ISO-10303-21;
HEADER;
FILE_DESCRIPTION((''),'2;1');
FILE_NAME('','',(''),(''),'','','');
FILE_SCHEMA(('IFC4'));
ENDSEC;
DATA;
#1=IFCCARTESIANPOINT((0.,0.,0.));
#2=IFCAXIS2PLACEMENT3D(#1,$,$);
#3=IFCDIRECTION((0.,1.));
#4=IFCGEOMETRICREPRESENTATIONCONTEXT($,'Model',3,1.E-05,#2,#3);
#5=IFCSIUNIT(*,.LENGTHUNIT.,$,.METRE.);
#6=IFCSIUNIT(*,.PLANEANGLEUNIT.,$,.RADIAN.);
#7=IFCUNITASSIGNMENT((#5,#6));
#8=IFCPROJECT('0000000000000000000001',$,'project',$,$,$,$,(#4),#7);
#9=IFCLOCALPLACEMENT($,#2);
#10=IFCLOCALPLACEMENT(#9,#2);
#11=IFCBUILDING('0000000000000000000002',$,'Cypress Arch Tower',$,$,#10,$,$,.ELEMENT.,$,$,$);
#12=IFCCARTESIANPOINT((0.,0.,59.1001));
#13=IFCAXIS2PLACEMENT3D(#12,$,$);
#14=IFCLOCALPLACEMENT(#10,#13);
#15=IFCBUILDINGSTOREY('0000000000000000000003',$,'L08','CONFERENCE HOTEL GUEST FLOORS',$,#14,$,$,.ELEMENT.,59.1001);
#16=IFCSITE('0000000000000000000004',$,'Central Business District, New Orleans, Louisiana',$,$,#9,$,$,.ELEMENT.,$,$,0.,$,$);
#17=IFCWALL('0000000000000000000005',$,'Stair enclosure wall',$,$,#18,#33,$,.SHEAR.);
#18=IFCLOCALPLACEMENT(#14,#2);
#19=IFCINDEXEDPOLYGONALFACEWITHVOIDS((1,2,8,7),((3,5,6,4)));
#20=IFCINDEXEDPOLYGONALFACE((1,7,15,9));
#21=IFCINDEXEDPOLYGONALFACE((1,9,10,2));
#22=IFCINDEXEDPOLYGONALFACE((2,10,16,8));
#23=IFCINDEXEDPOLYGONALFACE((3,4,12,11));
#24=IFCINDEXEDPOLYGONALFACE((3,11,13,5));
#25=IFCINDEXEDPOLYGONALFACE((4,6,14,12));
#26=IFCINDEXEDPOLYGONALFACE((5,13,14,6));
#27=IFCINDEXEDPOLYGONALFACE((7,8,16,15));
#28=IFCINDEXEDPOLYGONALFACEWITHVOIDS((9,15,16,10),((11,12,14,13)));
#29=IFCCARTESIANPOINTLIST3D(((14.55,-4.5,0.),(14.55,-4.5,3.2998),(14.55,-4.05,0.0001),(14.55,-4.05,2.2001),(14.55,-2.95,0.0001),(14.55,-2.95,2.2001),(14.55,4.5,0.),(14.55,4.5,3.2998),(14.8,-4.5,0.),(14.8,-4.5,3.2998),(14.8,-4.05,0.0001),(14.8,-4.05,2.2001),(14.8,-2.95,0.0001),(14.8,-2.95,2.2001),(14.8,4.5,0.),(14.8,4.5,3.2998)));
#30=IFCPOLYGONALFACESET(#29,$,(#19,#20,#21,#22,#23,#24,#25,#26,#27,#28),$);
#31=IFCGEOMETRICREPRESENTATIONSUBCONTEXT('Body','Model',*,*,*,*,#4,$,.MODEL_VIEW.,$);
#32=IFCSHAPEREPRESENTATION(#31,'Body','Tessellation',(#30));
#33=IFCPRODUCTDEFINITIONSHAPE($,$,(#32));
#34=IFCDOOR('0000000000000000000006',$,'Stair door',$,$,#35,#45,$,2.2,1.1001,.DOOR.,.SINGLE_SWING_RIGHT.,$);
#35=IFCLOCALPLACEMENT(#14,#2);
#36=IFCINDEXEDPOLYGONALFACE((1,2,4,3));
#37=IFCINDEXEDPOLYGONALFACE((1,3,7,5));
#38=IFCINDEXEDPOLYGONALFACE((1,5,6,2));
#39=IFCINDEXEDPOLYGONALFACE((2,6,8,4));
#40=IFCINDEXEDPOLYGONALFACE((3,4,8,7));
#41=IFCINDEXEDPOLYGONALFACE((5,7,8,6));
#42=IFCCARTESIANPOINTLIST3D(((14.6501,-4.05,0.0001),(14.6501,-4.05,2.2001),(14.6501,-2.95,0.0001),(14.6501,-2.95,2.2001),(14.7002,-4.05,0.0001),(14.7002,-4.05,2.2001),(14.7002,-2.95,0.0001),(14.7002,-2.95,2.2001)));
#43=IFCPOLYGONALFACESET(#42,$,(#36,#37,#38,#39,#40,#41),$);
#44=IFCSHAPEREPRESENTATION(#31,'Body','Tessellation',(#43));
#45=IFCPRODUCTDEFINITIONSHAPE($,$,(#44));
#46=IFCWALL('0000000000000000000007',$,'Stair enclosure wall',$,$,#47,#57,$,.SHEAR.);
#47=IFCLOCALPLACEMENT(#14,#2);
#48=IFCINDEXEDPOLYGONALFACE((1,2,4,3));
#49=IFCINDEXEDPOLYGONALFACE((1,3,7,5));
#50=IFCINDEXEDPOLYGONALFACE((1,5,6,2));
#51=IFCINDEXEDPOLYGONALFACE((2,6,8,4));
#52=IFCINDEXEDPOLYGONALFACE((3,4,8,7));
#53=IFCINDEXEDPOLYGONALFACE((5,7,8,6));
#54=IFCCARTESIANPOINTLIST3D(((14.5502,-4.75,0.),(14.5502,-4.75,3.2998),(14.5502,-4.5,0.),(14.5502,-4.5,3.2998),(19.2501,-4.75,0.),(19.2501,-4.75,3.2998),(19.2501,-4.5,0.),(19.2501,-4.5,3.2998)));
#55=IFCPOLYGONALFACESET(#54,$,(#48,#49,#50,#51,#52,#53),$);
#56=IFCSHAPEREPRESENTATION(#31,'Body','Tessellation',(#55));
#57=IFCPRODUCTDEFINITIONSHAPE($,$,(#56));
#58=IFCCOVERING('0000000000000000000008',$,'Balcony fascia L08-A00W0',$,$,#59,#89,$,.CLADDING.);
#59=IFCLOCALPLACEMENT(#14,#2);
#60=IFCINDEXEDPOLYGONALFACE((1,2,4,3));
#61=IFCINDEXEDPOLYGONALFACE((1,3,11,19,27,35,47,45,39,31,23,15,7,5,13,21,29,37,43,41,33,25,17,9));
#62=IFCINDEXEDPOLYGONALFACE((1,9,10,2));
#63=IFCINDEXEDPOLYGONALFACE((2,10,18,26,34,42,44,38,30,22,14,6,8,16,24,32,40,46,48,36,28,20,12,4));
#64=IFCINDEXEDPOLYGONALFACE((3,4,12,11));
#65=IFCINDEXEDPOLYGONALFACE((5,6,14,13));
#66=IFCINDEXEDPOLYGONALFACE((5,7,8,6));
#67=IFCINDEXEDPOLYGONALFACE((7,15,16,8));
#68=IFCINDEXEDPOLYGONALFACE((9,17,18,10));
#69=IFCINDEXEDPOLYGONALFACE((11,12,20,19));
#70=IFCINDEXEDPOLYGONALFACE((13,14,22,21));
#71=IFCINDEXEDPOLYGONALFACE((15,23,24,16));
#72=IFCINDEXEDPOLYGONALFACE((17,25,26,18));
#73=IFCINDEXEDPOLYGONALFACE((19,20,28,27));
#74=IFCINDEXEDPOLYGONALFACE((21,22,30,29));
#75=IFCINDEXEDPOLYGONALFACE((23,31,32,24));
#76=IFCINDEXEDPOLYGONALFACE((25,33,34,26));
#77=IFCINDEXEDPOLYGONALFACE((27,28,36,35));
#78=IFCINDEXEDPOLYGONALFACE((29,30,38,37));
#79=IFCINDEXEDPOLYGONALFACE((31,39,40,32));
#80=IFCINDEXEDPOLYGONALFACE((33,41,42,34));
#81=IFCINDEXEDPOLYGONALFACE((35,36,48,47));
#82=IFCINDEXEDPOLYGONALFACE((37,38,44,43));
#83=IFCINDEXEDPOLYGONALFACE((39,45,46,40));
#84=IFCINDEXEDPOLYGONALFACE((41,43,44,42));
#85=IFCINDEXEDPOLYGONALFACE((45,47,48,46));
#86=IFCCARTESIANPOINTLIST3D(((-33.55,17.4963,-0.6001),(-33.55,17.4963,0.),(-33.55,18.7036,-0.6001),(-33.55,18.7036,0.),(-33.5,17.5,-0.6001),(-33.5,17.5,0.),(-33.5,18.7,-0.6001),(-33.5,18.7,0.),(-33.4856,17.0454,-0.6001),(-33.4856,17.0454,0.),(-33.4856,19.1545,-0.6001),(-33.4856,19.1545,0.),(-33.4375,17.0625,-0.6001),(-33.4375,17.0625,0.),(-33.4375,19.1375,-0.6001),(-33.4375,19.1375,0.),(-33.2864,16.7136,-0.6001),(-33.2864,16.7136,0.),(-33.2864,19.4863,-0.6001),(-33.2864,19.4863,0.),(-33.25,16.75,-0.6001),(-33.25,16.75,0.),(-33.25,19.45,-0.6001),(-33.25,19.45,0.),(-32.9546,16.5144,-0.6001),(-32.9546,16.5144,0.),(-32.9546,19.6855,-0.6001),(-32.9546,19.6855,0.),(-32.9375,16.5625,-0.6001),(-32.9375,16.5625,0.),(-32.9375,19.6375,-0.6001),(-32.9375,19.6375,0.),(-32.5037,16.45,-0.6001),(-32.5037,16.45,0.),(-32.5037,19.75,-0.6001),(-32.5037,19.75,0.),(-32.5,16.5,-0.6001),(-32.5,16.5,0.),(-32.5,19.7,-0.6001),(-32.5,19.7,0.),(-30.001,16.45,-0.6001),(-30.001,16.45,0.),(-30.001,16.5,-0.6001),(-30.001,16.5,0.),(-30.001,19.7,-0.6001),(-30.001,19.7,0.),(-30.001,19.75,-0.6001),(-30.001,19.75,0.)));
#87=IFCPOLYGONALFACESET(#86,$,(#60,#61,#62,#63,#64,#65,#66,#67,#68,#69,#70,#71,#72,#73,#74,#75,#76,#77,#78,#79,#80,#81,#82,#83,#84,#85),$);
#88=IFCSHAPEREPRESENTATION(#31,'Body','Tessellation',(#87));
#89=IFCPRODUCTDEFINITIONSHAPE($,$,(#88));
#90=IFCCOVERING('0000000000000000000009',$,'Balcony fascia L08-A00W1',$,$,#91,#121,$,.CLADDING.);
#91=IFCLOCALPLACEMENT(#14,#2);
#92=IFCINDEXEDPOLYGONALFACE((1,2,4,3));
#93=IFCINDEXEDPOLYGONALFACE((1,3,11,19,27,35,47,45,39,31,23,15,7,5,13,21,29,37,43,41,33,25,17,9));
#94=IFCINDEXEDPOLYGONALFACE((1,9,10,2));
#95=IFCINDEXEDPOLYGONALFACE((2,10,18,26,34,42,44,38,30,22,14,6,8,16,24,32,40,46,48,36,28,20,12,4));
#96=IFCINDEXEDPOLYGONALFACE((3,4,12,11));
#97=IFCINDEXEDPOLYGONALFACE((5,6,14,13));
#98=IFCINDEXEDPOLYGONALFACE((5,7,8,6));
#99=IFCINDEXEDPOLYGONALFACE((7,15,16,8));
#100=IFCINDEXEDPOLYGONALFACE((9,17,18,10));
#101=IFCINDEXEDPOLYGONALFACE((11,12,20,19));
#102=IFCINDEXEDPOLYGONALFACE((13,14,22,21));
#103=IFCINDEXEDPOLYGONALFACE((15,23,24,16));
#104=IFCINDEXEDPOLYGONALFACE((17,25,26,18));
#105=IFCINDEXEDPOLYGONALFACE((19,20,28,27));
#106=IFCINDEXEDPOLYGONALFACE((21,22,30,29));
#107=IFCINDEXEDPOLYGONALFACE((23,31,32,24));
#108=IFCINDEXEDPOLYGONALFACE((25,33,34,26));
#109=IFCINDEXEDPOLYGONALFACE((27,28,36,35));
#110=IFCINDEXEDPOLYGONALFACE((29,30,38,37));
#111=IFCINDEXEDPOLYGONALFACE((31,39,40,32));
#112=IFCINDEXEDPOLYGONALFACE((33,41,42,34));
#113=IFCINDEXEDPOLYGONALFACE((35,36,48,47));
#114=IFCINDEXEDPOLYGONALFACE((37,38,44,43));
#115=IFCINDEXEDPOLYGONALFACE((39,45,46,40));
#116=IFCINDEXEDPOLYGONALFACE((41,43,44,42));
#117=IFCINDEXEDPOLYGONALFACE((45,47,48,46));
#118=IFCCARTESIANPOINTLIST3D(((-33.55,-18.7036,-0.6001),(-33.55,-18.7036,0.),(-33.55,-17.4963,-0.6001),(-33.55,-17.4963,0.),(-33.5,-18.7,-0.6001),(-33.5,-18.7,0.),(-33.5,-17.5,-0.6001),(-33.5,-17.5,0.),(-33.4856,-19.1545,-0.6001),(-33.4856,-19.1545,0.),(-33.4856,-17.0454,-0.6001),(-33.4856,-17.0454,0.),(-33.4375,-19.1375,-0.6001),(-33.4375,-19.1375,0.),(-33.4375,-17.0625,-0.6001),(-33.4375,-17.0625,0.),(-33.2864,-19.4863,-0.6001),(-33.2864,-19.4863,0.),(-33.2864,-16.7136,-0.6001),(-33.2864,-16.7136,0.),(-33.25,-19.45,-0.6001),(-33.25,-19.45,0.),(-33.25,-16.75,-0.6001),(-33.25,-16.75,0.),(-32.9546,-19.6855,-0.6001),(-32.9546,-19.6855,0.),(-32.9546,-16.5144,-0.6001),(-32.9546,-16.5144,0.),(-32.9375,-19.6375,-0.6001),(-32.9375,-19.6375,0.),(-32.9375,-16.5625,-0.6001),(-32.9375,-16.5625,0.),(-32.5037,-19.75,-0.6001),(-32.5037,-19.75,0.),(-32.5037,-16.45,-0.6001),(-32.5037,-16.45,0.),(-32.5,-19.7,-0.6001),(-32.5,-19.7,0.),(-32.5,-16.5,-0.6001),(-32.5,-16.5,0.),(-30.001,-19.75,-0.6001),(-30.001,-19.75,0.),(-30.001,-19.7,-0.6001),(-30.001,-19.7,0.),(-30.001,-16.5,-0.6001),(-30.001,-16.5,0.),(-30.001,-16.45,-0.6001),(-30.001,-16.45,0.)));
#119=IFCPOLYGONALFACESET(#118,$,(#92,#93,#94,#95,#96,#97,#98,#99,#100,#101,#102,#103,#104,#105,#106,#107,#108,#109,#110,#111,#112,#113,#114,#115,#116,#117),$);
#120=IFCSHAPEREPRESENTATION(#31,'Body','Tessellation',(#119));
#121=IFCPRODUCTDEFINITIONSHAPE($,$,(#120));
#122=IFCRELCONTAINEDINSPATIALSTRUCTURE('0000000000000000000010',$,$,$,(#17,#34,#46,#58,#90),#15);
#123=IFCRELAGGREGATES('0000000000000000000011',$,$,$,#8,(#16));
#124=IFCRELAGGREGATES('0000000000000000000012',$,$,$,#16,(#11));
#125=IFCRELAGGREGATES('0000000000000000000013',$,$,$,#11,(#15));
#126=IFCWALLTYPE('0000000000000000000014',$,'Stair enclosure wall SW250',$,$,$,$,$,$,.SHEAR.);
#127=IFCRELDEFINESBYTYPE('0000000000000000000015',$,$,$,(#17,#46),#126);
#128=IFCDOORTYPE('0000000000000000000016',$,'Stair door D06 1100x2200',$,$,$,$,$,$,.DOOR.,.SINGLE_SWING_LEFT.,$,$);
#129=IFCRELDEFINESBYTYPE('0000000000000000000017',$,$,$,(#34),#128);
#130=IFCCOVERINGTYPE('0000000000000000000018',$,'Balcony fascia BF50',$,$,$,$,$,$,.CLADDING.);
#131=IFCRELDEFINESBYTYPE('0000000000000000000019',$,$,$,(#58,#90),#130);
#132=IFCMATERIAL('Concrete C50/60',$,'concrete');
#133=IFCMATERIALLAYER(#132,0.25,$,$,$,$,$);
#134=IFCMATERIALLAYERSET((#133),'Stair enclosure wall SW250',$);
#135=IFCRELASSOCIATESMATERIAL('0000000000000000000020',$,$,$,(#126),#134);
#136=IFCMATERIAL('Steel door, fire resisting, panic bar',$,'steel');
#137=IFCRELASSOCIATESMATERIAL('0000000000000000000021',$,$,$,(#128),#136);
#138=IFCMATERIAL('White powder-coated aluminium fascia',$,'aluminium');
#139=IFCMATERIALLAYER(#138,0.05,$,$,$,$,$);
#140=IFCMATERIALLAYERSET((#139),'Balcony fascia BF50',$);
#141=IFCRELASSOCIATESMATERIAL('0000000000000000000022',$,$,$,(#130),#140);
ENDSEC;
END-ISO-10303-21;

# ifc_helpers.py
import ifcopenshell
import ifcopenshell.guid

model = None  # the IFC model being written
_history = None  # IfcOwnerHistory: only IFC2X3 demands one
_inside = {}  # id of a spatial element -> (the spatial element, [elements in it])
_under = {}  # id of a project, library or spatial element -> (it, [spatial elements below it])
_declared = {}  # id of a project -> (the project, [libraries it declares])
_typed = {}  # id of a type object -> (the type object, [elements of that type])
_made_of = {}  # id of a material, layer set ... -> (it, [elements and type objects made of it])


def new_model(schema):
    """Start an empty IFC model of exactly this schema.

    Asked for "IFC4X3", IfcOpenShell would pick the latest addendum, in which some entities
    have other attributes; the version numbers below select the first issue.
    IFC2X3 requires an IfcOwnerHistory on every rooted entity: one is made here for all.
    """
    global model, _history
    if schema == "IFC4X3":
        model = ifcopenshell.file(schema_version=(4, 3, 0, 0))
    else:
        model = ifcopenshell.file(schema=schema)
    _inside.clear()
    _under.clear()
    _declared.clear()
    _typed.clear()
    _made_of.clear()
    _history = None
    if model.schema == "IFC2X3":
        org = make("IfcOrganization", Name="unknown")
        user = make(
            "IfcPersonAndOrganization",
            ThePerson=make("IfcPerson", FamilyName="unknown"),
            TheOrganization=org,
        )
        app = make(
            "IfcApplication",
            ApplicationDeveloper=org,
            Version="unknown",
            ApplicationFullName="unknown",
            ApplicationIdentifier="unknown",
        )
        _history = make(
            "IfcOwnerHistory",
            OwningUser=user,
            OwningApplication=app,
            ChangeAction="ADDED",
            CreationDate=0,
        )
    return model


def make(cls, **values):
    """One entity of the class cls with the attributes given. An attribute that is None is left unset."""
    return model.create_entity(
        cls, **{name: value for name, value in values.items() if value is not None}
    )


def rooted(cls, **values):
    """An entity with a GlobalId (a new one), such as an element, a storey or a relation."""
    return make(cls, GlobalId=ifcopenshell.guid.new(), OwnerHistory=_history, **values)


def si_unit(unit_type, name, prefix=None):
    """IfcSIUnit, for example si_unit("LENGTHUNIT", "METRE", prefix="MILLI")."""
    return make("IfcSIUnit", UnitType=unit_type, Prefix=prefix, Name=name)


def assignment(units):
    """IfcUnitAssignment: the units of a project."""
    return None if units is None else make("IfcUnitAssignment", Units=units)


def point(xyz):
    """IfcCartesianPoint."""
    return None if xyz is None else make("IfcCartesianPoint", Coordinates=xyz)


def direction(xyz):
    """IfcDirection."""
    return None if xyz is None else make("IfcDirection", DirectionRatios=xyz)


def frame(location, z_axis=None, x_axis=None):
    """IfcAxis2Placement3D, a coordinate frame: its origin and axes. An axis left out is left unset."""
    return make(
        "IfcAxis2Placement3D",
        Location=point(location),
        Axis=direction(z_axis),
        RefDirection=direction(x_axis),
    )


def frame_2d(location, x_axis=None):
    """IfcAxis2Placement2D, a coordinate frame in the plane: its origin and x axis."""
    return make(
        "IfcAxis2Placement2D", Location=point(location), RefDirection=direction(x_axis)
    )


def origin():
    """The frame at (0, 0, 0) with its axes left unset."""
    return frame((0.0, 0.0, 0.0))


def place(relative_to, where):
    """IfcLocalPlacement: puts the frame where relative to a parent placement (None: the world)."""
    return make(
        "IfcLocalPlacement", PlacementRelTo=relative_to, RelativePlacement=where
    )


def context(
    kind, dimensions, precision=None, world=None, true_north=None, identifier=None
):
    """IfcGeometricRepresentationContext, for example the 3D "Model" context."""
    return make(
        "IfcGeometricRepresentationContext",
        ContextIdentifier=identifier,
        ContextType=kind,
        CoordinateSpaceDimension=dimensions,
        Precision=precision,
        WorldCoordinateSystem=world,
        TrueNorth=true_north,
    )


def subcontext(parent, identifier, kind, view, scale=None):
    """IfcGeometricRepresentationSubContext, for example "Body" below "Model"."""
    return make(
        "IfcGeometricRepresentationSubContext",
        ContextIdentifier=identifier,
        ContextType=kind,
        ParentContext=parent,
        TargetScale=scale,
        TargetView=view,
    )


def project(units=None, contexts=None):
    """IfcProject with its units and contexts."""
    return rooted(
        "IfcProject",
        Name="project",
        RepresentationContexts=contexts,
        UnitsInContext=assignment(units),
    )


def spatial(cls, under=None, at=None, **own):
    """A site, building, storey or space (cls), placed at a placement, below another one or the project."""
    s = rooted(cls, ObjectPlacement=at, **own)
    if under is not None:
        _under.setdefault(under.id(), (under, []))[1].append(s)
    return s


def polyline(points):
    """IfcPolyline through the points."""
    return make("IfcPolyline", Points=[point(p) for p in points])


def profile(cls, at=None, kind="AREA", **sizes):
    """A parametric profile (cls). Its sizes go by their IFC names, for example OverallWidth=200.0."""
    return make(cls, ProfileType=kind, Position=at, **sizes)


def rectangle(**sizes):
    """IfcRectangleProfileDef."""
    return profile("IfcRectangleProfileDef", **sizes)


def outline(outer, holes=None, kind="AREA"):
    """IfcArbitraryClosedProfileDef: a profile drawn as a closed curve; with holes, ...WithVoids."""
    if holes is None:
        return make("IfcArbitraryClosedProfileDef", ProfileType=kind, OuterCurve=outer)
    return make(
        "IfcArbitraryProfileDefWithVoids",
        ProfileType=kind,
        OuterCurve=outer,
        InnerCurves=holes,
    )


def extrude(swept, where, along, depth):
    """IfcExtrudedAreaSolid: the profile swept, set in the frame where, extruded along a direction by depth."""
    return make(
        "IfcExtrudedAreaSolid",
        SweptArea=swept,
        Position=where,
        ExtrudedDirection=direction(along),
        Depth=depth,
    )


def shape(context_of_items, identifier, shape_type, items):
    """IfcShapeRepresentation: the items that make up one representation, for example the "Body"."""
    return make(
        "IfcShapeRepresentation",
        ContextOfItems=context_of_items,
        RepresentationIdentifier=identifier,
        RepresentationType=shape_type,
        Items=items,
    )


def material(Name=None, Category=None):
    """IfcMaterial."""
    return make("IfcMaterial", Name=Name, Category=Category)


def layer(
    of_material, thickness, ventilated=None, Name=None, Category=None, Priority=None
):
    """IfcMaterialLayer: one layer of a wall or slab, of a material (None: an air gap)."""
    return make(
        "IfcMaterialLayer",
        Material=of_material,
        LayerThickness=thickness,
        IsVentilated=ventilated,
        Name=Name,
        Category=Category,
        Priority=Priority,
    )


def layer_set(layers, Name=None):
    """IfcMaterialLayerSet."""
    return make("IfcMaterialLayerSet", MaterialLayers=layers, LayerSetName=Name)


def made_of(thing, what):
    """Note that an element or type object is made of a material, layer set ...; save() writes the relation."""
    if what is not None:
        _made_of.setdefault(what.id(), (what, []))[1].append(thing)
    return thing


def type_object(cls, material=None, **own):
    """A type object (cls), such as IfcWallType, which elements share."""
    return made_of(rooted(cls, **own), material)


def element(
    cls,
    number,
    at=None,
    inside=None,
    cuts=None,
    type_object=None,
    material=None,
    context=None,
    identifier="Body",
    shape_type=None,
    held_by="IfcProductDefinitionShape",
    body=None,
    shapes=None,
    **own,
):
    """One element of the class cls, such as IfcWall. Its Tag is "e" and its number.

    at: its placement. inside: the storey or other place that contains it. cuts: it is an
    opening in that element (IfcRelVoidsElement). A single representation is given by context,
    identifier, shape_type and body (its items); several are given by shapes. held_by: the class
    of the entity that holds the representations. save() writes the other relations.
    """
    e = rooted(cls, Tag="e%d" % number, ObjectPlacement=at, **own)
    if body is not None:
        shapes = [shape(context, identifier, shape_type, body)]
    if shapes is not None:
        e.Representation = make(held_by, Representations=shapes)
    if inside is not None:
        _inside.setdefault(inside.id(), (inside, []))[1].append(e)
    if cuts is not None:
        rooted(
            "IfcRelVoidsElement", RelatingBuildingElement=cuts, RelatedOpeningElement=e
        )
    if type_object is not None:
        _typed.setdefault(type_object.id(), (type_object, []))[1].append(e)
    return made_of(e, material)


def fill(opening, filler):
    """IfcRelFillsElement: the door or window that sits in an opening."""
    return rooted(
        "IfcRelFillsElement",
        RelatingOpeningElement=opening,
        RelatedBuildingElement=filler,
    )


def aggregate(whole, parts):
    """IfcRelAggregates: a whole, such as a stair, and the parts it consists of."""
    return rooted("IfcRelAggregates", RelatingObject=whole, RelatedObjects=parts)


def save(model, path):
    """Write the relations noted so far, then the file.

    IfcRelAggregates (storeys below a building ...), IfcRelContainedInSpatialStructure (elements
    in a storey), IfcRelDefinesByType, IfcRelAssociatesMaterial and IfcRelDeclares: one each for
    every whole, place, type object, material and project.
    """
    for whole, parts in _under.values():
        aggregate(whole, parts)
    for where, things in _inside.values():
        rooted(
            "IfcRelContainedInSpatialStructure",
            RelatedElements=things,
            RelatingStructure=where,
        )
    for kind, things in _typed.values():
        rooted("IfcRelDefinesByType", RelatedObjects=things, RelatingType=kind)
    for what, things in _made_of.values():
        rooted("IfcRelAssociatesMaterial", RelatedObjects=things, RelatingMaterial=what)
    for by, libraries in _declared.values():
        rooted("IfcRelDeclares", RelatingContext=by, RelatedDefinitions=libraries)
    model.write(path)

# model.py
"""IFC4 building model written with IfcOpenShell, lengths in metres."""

from ifc_helpers import new_model, si_unit, direction, frame, frame_2d, origin, place, context, subcontext, project, spatial, polyline, rectangle, outline, extrude, material, layer, layer_set, type_object, element, fill, save


model = new_model("IFC4")

# Units and contexts
model_context = context("Model", 3, precision=1e-05, world=origin(), true_north=direction((0.0, 1.0)))
body_context = subcontext(model_context, "Body", "Model", "MODEL_VIEW")
ifc_project = project(units=[si_unit("LENGTHUNIT", "METRE"), si_unit("PLANEANGLEUNIT", "RADIAN")], contexts=[model_context])

# Site, building, storey
site_placement = place(None, origin())
site = spatial("IfcSite", under=ifc_project, at=site_placement, Name="Central Business District, New Orleans, Louisiana", CompositionType="ELEMENT", RefElevation=0.0)
building_placement = place(site_placement, origin())
building = spatial("IfcBuilding", under=site, at=building_placement, Name="Cypress Arch Tower", CompositionType="ELEMENT")
storey_placement = place(building_placement, frame((0.0, 0.0, 59.1001)))
storey = spatial("IfcBuildingStorey", under=building, at=storey_placement, Name="L08", Description="CONFERENCE HOTEL GUEST FLOORS", CompositionType="ELEMENT", Elevation=59.1001)

# Wall, opening, door
ifc_material_1 = material(Name="Concrete C50/60", Category="concrete")
ifc_layer_1 = layer(ifc_material_1, 0.25)
ifc_layer_set_1 = layer_set([ifc_layer_1], Name="Stair enclosure wall SW250")
wall_type_1 = type_object("IfcWallType", Name="Stair enclosure wall SW250", PredefinedType="SHEAR", material=ifc_layer_set_1)
wall_1_placement = place(storey_placement, frame((14.675, -4.5, 0.0), z_axis=(0.0, 0.0, 1.0), x_axis=(0.0, 1.0, 0.0)))
wall_1 = element("IfcWall", 1, at=wall_1_placement, inside=storey, type_object=wall_type_1, Name="Stair enclosure wall", PredefinedType="SHEAR", context=body_context, shape_type="SweptSolid", body=[
    extrude(rectangle(XDim=9.0, YDim=0.25, at=frame_2d((4.5, 0.0))), origin(), (0.0, 0.0, 1.0), 3.2998),
])
opening_1_placement = place(wall_1_placement, frame((0.45, 0.0, 0.0)))
opening_1 = element("IfcOpeningElement", 2, at=opening_1_placement, cuts=wall_1, PredefinedType="OPENING", context=body_context, shape_type="SweptSolid", body=[
    extrude(rectangle(XDim=1.1001, YDim=2.2, at=frame_2d((0.55, 1.1001))), frame((0.0, 0.135, 0.0), z_axis=(0.0, -1.0, 0.0), x_axis=(1.0, 0.0, 0.0)), (0.0, 0.0, 1.0), 0.27),
])
ifc_material_2 = material(Name="Steel door, fire resisting, panic bar", Category="steel")
door_type_1 = type_object("IfcDoorType", Name="Stair door D06 1100x2200", OperationType="SINGLE_SWING_LEFT", PredefinedType="DOOR", material=ifc_material_2)
door_1_placement = place(opening_1_placement, origin())
door_1 = element("IfcDoor", 3, at=door_1_placement, inside=storey, type_object=door_type_1, Name="Stair door", OperationType="SINGLE_SWING_RIGHT", OverallHeight=2.2, OverallWidth=1.1001, PredefinedType="DOOR", context=body_context, shape_type="SweptSolid", body=[
    extrude(rectangle(XDim=1.1001, YDim=2.2, at=frame_2d((0.55, 1.1001))), frame((0.0, 0.0249, 0.0), z_axis=(0.0, -1.0, 0.0), x_axis=(1.0, 0.0, 0.0)), (0.0, 0.0, 1.0), 0.05),
])
fill(opening_1, door_1)

# Wall
wall_2_placement = place(storey_placement, frame((14.55, -4.625, 0.0), z_axis=(0.0, 0.0, 1.0), x_axis=(1.0, 0.0, 0.0)))
element("IfcWall", 4, at=wall_2_placement, inside=storey, type_object=wall_type_1, Name="Stair enclosure wall", PredefinedType="SHEAR", context=body_context, shape_type="SweptSolid", body=[
    extrude(rectangle(XDim=4.7, YDim=0.25, at=frame_2d((2.3501, 0.0))), origin(), (0.0, 0.0, 1.0), 3.2998),
])

# Coverings
ifc_material_3 = material(Name="White powder-coated aluminium fascia", Category="aluminium")
ifc_layer_2 = layer(ifc_material_3, 0.05)
ifc_layer_set_2 = layer_set([ifc_layer_2], Name="Balcony fascia BF50")
covering_type = type_object("IfcCoveringType", Name="Balcony fascia BF50", PredefinedType="CLADDING", material=ifc_layer_set_2)
covering_1_placement = place(storey_placement, frame((0.0, 0.0, -0.6001)))
element("IfcCovering", 5, at=covering_1_placement, inside=storey, type_object=covering_type, Name="Balcony fascia L08-A00W0", PredefinedType="CLADDING", context=body_context, shape_type="SweptSolid", body=[
    extrude(outline(polyline([(-32.5037, 16.45), (-32.9546, 16.5144), (-33.2864, 16.7136), (-33.4856, 17.0454), (-33.55, 17.4963), (-33.55, 18.7036), (-33.4856, 19.1545), (-33.2864, 19.4863), (-32.9546, 19.6855), (-32.5037, 19.75), (-30.001, 19.75), (-30.001, 19.7), (-32.5, 19.7), (-32.9375, 19.6375), (-33.25, 19.45), (-33.4375, 19.1375), (-33.5, 18.7), (-33.5, 17.5), (-33.4375, 17.0625), (-33.25, 16.75), (-32.9375, 16.5625), (-32.5, 16.5), (-30.001, 16.5), (-30.001, 16.45), (-32.5037, 16.45)])), origin(), (0.0, 0.0, 1.0), 0.6001),
])
covering_2_placement = place(storey_placement, frame((0.0, 0.0, -0.6001)))
element("IfcCovering", 6, at=covering_2_placement, inside=storey, type_object=covering_type, Name="Balcony fascia L08-A00W1", PredefinedType="CLADDING", context=body_context, shape_type="SweptSolid", body=[
    extrude(outline(polyline([(-32.5037, -19.75), (-32.9546, -19.6855), (-33.2864, -19.4863), (-33.4856, -19.1545), (-33.55, -18.7036), (-33.55, -17.4963), (-33.4856, -17.0454), (-33.2864, -16.7136), (-32.9546, -16.5144), (-32.5037, -16.45), (-30.001, -16.45), (-30.001, -16.5), (-32.5, -16.5), (-32.9375, -16.5625), (-33.25, -16.75), (-33.4375, -17.0625), (-33.5, -17.5), (-33.5, -18.7), (-33.4375, -19.1375), (-33.25, -19.45), (-32.9375, -19.6375), (-32.5, -19.7), (-30.001, -19.7), (-30.001, -19.75), (-32.5037, -19.75)])), origin(), (0.0, 0.0, 1.0), 0.6001),
])

save(model, "model.ifc")
